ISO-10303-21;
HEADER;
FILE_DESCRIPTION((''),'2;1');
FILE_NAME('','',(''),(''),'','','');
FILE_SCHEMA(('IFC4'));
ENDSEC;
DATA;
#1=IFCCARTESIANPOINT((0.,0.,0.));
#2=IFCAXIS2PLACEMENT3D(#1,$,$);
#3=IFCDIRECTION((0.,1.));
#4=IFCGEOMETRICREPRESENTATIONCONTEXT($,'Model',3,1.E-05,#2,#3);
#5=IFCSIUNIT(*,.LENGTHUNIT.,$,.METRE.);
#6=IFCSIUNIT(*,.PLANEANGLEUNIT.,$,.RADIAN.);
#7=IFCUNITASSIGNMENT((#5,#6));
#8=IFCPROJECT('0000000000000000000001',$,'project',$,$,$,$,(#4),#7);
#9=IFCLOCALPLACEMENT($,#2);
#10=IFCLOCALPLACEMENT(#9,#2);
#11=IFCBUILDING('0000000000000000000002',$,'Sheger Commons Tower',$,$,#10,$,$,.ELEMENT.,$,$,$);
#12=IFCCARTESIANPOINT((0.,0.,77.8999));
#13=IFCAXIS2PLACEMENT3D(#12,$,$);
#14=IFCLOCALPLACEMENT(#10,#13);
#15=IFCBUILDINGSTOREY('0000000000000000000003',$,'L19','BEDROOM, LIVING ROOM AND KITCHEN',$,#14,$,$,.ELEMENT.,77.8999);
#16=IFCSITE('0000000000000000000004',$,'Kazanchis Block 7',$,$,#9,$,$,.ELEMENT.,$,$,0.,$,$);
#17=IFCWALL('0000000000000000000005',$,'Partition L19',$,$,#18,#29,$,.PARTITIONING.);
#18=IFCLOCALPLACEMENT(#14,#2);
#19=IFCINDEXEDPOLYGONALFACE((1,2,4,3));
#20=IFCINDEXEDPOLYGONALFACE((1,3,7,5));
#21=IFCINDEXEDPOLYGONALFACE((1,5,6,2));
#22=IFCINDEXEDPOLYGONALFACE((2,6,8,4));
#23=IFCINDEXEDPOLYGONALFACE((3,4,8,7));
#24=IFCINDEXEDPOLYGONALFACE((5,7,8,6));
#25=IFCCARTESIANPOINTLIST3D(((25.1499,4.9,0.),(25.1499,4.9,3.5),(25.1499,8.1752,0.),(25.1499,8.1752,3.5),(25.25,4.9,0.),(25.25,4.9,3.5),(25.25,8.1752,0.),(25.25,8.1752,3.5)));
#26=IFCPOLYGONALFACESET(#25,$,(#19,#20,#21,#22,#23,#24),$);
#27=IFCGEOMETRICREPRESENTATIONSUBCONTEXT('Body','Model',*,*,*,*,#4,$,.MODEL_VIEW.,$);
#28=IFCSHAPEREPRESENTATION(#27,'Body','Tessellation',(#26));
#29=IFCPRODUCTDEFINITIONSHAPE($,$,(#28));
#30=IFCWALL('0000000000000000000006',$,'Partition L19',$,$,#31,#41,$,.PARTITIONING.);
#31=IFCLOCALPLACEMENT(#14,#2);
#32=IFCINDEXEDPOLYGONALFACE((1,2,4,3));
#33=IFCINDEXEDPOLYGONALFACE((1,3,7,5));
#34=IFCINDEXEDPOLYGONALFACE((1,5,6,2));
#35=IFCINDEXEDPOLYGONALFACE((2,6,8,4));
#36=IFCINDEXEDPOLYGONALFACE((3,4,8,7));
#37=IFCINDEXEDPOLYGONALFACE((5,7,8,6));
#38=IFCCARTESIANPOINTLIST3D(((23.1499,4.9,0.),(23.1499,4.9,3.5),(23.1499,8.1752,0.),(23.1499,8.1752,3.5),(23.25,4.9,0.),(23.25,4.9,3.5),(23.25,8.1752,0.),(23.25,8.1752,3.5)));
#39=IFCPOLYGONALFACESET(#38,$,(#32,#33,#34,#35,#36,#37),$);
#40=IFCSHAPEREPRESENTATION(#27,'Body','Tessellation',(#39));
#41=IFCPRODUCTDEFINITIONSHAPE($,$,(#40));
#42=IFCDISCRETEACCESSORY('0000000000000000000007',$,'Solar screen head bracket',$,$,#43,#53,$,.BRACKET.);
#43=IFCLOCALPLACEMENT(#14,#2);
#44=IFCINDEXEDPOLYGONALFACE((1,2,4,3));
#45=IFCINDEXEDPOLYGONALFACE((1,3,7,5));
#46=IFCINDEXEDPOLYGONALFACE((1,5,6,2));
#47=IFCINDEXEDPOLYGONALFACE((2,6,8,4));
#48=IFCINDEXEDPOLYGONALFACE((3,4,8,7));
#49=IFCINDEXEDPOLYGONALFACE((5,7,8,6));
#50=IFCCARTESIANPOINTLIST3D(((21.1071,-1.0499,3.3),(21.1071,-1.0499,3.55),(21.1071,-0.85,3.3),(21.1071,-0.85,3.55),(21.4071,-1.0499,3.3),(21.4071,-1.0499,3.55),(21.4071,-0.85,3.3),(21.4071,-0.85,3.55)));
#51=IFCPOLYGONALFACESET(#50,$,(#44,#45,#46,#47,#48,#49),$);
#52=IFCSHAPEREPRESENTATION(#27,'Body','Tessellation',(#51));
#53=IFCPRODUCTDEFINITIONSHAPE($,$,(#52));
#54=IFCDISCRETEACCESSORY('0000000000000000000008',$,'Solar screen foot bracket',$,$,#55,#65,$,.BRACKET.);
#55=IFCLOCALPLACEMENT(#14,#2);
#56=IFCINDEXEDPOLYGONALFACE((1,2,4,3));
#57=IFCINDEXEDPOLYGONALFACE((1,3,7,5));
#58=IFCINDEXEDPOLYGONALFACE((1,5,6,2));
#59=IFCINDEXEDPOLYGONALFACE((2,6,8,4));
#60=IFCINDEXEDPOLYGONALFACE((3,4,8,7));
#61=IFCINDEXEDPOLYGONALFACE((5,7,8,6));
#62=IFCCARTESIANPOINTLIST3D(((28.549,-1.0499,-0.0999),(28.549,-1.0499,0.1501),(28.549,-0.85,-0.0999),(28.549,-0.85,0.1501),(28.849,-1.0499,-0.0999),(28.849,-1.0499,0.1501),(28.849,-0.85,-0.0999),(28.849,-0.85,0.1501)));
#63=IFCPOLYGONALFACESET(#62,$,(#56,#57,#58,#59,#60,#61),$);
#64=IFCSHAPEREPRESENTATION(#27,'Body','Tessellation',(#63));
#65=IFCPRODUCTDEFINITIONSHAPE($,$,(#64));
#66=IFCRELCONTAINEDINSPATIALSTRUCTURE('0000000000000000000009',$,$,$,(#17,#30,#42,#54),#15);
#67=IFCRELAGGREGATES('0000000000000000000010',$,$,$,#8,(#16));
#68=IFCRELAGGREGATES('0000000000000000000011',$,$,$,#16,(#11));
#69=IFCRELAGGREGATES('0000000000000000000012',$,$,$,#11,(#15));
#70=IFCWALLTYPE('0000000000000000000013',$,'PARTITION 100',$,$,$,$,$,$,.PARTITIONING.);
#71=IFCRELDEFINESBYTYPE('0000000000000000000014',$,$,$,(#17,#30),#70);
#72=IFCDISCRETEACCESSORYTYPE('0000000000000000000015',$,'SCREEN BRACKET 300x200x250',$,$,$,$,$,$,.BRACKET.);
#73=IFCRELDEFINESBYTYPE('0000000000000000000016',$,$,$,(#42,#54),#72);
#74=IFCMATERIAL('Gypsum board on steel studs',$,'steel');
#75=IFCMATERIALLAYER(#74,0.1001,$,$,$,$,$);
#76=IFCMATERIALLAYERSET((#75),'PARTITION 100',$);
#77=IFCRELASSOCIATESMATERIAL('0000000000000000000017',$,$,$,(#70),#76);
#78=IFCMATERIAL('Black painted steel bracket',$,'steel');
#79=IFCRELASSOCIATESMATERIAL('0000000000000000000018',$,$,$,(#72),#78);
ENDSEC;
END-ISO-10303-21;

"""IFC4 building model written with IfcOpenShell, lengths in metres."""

from ifc_helpers import new_model, si_unit, direction, frame, frame_2d, origin, origin_2d, place, context, subcontext, project, spatial, rectangle, extrude, material, layer, layer_set, type_object, element, save


model = new_model("IFC4")

# Units and contexts
model_context = context("Model", 3, precision=1e-05, world=origin(), true_north=direction((0.0, 1.0)))
body_context = subcontext(model_context, "Body", "Model", "MODEL_VIEW")
ifc_project = project(units=[si_unit("LENGTHUNIT", "METRE"), si_unit("PLANEANGLEUNIT", "RADIAN")], contexts=[model_context])

# Site, building, storey
site_placement = place(None, origin())
site = spatial("IfcSite", under=ifc_project, at=site_placement, Name="Kazanchis Block 7", CompositionType="ELEMENT", RefElevation=0.0)
building_placement = place(site_placement, origin())
building = spatial("IfcBuilding", under=site, at=building_placement, Name="Sheger Commons Tower", CompositionType="ELEMENT")
storey_placement = place(building_placement, frame((0.0, 0.0, 77.8999)))
storey = spatial("IfcBuildingStorey", under=building, at=storey_placement, Name="L19", Description="BEDROOM, LIVING ROOM AND KITCHEN", CompositionType="ELEMENT", Elevation=77.8999)

# Shared definitions
ifc_material_1 = material(Name="Gypsum board on steel studs", Category="steel")
ifc_layer_1 = layer(ifc_material_1, 0.1001)
ifc_layer_set_1 = layer_set([ifc_layer_1], Name="PARTITION 100")
wall_type = type_object("IfcWallType", Name="PARTITION 100", PredefinedType="PARTITIONING", material=ifc_layer_set_1)

# Walls
for number, where, z_axis, x_axis, name in (
    (1, (25.2, 4.8999, 0.0), (0.0, 0.0, 1.0), (0.0, 1.0, 0.0), "Partition L19"),
    (2, (23.2, 4.8999, 0.0), (0.0, 0.0, 1.0), (0.0, 1.0, 0.0), "Partition L19"),
):
    element("IfcWall", number, at=place(storey_placement, frame(where, z_axis=z_axis, x_axis=x_axis)), inside=storey, type_object=wall_type, Name=name, PredefinedType="PARTITIONING", context=body_context, shape_type="SweptSolid", body=[
        extrude(rectangle(XDim=3.2751, YDim=0.1001, at=frame_2d((1.6377, 0.0))), origin(), (0.0, 0.0, 1.0), 3.5),
    ])

# Discrete accessories
ifc_material_2 = material(Name="Black painted steel bracket", Category="steel")
discrete_accessory_type = type_object("IfcDiscreteAccessoryType", Name="SCREEN BRACKET 300x200x250", PredefinedType="BRACKET", material=ifc_material_2)
for number, where, z_axis, x_axis, name in (
    (3, (21.2571, -0.95, 3.3), (0.0, 0.0, 1.0), (1.0, 0.0, 0.0), "Solar screen head bracket"),
    (4, (28.699, -0.95, -0.0999), (0.0, 0.0, 1.0), (1.0, 0.0, 0.0), "Solar screen foot bracket"),
):
    element("IfcDiscreteAccessory", number, at=place(storey_placement, frame(where, z_axis=z_axis, x_axis=x_axis)), inside=storey, type_object=discrete_accessory_type, Name=name, PredefinedType="BRACKET", context=body_context, shape_type="SweptSolid", body=[
        extrude(rectangle(XDim=0.3, YDim=0.2, at=origin_2d()), origin(), (0.0, 0.0, 1.0), 0.25),
    ])

save(model, "model.ifc")
